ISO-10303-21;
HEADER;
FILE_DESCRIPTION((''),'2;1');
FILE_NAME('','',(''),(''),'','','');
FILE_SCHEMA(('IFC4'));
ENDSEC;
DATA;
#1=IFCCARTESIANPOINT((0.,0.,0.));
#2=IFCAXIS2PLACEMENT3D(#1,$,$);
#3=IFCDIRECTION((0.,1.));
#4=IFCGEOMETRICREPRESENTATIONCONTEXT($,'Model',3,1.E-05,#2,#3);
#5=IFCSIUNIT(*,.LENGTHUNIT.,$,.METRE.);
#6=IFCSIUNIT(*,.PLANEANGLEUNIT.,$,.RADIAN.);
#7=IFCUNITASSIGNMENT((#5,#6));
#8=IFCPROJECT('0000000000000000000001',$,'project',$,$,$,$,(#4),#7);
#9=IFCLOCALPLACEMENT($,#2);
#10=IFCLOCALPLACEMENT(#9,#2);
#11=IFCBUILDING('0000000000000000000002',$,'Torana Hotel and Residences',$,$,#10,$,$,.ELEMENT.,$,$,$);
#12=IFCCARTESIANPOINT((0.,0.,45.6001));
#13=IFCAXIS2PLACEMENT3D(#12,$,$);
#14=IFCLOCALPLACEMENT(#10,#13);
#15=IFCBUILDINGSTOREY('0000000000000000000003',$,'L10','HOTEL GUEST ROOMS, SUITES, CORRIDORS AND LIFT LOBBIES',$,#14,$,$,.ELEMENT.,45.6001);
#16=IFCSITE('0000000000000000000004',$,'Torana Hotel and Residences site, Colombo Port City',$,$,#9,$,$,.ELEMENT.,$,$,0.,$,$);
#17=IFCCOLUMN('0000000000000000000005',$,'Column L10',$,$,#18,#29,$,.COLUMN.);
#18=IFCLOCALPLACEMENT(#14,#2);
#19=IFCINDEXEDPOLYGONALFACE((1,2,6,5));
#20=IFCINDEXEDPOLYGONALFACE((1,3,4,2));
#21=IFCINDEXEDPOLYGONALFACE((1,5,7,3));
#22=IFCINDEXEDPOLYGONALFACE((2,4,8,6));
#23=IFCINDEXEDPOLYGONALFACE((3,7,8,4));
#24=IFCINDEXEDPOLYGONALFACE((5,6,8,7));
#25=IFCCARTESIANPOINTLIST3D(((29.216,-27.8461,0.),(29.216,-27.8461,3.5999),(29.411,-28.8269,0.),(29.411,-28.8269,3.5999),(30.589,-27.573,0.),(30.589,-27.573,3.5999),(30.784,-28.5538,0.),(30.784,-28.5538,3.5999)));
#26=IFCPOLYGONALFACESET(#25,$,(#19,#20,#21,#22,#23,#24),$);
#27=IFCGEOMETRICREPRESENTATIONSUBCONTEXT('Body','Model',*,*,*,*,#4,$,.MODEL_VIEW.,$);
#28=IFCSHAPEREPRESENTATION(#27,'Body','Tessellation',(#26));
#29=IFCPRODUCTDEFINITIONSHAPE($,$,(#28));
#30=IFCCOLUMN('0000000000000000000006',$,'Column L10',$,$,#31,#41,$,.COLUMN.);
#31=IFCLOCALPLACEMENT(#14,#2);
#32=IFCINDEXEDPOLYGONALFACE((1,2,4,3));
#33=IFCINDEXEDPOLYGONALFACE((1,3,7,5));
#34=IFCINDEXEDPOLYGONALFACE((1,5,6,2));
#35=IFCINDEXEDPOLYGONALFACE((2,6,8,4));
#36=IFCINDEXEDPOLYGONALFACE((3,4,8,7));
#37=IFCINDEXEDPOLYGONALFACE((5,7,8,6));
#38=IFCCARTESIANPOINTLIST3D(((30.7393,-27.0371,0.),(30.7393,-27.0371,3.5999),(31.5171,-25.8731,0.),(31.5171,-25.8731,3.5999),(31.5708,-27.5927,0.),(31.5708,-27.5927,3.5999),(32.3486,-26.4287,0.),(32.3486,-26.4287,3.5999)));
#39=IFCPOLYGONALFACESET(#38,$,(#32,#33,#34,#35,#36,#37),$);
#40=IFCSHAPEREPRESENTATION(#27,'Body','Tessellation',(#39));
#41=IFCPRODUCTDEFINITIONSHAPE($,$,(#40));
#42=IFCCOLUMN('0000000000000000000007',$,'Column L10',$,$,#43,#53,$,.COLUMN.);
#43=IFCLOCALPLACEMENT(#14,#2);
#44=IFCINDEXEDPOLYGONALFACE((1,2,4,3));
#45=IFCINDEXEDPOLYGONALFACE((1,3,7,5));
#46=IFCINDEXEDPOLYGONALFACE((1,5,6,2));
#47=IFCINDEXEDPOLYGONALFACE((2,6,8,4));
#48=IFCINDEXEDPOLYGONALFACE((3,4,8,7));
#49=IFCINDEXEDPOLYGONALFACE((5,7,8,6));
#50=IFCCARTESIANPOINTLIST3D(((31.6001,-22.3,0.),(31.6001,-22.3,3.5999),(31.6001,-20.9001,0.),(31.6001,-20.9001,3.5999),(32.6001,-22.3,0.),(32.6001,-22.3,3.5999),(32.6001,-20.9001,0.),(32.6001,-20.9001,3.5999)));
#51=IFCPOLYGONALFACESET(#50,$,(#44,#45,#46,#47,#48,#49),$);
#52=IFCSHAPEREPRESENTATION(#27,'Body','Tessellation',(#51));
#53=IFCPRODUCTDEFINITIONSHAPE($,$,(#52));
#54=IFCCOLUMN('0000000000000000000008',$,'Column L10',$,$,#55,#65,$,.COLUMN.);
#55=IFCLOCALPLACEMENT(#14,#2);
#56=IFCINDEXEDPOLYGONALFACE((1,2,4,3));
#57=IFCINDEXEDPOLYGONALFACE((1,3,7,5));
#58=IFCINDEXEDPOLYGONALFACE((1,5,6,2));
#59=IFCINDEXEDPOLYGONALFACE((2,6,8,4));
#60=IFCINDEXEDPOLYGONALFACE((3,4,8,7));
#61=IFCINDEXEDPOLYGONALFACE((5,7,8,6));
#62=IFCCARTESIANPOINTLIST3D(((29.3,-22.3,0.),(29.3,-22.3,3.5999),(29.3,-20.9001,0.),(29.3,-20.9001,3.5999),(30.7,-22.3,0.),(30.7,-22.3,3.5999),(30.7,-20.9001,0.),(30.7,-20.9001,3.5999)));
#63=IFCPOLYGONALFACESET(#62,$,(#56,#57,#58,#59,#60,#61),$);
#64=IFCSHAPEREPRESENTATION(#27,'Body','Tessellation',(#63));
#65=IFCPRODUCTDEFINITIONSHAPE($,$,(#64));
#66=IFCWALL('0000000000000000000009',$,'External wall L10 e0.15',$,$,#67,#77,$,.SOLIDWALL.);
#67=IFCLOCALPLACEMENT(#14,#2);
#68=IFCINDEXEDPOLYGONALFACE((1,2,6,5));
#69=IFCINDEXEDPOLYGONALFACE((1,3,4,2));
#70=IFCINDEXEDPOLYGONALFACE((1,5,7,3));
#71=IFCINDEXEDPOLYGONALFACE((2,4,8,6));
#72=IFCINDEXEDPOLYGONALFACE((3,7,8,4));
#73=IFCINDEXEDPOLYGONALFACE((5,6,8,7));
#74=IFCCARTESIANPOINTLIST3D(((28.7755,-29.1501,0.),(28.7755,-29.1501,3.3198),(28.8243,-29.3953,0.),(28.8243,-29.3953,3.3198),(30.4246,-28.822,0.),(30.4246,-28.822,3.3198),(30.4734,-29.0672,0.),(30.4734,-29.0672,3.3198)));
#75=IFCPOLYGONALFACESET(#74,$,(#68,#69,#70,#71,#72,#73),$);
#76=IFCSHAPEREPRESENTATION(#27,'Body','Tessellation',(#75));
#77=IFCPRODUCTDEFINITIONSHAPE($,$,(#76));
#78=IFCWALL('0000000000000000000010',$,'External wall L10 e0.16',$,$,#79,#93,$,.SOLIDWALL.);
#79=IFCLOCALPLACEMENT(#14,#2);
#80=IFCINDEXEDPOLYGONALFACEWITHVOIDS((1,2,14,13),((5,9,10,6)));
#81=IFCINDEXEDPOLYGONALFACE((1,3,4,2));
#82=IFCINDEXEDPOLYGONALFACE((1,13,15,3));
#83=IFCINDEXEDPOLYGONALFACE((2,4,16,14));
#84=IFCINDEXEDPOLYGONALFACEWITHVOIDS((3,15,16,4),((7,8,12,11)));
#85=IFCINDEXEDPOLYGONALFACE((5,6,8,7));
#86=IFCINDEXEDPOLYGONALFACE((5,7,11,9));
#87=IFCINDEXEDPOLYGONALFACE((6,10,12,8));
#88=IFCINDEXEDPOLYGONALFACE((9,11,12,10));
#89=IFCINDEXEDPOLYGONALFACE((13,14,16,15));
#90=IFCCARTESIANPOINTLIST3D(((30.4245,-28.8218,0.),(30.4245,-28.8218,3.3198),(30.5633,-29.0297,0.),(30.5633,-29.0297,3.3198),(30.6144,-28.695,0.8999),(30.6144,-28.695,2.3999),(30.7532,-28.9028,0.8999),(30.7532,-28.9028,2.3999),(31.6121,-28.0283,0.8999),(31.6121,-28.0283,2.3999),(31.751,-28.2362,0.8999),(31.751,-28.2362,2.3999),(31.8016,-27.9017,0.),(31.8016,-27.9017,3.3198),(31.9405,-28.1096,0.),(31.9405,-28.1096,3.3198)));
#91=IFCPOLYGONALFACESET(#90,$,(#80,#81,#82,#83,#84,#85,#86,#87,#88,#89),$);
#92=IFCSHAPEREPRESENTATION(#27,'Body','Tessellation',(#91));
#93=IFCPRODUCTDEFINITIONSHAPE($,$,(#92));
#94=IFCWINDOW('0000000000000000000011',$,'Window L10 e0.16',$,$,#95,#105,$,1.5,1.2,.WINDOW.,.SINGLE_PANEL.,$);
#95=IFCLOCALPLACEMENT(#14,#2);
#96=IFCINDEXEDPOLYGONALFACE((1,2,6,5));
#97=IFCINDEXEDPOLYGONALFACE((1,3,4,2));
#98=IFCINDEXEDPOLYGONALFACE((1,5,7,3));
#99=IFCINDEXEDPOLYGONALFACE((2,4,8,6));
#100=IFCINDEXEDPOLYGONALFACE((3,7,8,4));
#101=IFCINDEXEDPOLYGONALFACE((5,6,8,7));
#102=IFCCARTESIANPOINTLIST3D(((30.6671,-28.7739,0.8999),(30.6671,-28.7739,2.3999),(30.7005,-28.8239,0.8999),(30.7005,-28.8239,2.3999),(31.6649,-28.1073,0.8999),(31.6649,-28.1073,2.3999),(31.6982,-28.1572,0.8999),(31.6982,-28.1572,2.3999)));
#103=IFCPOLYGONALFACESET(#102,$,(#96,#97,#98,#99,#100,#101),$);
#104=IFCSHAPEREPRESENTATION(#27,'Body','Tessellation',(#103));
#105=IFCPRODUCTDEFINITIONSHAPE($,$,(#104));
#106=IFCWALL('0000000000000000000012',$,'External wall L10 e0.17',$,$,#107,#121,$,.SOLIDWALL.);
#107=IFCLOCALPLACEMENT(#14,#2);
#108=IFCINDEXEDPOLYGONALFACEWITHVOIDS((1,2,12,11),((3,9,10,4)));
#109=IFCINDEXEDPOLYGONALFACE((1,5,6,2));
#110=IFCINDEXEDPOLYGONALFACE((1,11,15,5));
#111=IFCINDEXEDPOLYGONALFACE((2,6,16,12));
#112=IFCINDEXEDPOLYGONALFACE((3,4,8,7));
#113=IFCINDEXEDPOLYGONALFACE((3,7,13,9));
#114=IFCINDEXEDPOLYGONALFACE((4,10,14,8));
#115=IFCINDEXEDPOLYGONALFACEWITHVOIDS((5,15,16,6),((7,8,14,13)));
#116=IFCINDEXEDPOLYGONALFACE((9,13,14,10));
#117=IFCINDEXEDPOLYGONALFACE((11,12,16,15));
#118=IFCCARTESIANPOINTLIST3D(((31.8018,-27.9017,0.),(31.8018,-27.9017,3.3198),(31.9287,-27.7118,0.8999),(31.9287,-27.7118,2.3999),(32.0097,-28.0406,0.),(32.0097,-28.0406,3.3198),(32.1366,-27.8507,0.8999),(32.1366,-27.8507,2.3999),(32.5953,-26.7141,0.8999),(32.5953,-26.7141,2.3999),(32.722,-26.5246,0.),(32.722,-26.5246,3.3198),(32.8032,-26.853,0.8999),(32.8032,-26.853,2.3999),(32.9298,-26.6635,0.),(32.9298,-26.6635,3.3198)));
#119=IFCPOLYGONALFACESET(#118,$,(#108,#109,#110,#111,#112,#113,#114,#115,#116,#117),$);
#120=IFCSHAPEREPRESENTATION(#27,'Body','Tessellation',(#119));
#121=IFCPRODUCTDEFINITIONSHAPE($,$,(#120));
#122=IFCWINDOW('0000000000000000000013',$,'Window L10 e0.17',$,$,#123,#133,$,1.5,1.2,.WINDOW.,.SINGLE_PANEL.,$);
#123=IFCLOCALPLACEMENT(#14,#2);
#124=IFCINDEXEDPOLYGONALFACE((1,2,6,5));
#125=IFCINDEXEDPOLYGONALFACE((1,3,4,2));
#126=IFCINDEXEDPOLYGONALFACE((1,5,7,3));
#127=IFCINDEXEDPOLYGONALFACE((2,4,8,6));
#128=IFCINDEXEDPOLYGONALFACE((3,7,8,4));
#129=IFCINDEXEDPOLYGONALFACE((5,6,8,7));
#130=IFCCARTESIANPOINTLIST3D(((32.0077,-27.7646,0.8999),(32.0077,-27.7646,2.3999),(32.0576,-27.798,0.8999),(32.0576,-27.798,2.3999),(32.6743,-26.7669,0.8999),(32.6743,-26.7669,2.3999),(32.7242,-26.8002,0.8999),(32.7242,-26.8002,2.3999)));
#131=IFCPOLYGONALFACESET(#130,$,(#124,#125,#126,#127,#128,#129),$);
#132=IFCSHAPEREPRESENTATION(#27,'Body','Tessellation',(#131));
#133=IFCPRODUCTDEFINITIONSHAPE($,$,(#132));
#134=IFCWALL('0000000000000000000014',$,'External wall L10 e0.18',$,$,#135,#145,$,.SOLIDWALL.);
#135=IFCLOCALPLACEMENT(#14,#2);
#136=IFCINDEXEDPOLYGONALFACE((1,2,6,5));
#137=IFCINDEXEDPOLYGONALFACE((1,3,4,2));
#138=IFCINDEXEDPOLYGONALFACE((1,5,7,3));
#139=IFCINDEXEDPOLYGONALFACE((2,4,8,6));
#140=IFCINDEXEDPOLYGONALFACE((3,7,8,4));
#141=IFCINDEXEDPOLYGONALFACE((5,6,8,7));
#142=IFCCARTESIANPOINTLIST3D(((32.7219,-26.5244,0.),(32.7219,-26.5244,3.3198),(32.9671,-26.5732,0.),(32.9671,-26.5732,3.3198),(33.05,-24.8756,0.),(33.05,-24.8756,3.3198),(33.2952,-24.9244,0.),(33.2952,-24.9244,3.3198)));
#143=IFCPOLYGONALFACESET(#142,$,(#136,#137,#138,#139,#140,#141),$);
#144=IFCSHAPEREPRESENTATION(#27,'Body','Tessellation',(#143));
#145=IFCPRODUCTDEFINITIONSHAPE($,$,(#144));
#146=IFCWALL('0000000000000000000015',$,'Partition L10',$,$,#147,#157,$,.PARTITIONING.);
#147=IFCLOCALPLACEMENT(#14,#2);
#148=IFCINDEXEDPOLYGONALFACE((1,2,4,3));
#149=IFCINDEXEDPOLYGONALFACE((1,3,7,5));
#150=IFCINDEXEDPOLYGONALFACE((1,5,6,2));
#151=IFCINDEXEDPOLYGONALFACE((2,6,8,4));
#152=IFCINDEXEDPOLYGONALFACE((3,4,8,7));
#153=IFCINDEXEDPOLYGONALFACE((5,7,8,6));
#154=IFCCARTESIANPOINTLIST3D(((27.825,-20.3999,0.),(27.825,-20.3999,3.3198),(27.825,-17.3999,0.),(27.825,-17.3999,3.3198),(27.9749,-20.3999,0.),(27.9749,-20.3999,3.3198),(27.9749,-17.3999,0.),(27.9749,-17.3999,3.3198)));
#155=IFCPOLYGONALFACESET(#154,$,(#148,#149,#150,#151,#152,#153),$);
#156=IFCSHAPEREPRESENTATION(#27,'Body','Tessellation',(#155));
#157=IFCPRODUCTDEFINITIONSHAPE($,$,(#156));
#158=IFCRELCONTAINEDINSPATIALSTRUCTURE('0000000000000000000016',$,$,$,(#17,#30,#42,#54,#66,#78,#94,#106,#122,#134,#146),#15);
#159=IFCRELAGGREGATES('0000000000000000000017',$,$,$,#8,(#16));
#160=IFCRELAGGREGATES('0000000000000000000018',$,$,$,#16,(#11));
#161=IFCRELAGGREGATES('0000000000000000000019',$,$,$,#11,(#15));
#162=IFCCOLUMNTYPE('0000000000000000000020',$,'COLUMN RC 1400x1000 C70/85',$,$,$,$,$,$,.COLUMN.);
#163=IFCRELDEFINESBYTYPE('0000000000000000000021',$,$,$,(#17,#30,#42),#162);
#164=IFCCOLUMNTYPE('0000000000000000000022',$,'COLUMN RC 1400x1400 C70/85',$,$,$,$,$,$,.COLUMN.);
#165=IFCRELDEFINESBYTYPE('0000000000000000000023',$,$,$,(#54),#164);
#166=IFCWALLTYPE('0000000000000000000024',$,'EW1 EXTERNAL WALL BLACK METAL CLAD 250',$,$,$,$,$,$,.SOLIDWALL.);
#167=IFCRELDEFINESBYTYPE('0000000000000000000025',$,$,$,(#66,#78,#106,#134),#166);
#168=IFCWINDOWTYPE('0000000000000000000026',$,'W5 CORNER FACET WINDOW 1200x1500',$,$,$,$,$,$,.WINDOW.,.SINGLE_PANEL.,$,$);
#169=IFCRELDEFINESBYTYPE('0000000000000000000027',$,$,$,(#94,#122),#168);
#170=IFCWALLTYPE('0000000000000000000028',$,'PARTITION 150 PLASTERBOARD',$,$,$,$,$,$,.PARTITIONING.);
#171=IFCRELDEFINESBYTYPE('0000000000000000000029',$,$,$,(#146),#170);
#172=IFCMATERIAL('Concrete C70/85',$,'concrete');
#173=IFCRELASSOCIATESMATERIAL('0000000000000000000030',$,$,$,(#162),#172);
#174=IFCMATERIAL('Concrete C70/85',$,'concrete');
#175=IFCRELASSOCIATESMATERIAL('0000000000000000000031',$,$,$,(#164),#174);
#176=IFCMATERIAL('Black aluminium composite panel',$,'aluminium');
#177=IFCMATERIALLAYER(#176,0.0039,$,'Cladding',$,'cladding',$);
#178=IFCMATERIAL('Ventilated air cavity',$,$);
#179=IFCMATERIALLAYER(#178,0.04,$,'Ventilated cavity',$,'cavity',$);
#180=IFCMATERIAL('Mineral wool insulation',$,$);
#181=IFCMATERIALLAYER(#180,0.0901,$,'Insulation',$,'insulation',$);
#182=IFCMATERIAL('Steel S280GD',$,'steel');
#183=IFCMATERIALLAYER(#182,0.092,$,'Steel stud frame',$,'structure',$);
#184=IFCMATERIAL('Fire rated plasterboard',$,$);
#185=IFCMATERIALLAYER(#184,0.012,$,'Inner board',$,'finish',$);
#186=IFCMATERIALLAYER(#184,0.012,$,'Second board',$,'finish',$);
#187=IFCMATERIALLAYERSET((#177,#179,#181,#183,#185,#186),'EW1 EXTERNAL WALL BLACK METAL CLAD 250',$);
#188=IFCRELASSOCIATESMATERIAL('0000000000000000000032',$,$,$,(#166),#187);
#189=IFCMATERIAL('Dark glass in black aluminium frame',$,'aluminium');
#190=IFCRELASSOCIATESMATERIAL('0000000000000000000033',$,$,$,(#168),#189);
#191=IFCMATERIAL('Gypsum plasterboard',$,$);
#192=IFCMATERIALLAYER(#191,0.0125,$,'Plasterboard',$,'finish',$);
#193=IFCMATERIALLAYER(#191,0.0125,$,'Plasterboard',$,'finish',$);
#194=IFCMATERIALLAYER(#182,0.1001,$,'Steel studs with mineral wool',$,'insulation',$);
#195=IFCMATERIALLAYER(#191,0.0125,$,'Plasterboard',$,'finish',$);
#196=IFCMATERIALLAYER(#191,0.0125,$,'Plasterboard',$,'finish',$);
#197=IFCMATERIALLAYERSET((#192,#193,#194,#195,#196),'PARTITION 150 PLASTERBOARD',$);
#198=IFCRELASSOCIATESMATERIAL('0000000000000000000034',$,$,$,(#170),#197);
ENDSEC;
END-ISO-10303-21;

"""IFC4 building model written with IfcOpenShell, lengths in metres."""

from ifc_helpers import new_model, si_unit, direction, frame, frame_2d, origin, origin_2d, place, context, subcontext, project, spatial, rectangle, extrude, material, layer, layer_set, material_profile, profile_set, type_object, element, fill, save


model = new_model("IFC4")

# Units and contexts
model_context = context("Model", 3, precision=1e-05, world=origin(), true_north=direction((0.0, 1.0)))
body_context = subcontext(model_context, "Body", "Model", "MODEL_VIEW")
ifc_project = project(units=[si_unit("LENGTHUNIT", "METRE"), si_unit("PLANEANGLEUNIT", "RADIAN")], contexts=[model_context])

# Site, building, storey
site_placement = place(None, origin())
site = spatial("IfcSite", under=ifc_project, at=site_placement, Name="Torana Hotel and Residences site, Colombo Port City", CompositionType="ELEMENT", RefElevation=0.0)
building_placement = place(site_placement, origin())
building = spatial("IfcBuilding", under=site, at=building_placement, Name="Torana Hotel and Residences", CompositionType="ELEMENT")
storey_placement = place(building_placement, frame((0.0, 0.0, 45.6001)))
storey = spatial("IfcBuildingStorey", under=building, at=storey_placement, Name="L10", Description="HOTEL GUEST ROOMS, SUITES, CORRIDORS AND LIFT LOBBIES", CompositionType="ELEMENT", Elevation=45.6001)

# Columns
ifc_material_1 = material(Name="Concrete C70/85", Category="concrete")
ifc_material_profile_1 = material_profile(ifc_material_1, rectangle(XDim=1.3999, YDim=1.0, at=origin_2d()), Name="RC 1400x1000")
ifc_profile_set_1 = profile_set([ifc_material_profile_1], Name="Concrete C70/85")
column_type_1 = type_object("IfcColumnType", Name="COLUMN RC 1400x1000 C70/85", PredefinedType="COLUMN", material=ifc_profile_set_1)
for number, where, z_axis, x_axis, name in (
    (1, (30.0, -28.2, 0.0), (0.0, 0.0, 1.0), (0.980792, 0.195056, 0.0), "Column L10"),
    (2, (31.5439, -26.7329, 0.0), (0.0, 0.0, 1.0), (0.555585, 0.83146, 0.0), "Column L10"),
    (3, (32.1001, -21.6001, 0.0), (0.0, 0.0, 1.0), (0.0, 1.0, 0.0), "Column L10"),
):
    element("IfcColumn", number, at=place(storey_placement, frame(where, z_axis=z_axis, x_axis=x_axis)), inside=storey, type_object=column_type_1, Name=name, PredefinedType="COLUMN", context=body_context, shape_type="SweptSolid", body=[
        extrude(rectangle(XDim=1.3999, YDim=1.0, at=origin_2d()), origin(), (0.0, 0.0, 1.0), 3.5999),
    ])
ifc_material_2 = material(Name="Concrete C70/85", Category="concrete")
ifc_material_profile_2 = material_profile(ifc_material_2, rectangle(XDim=1.3999, YDim=1.3999, at=origin_2d()), Name="RC 1400x1400")
ifc_profile_set_2 = profile_set([ifc_material_profile_2], Name="Concrete C70/85")
column_type_2 = type_object("IfcColumnType", Name="COLUMN RC 1400x1400 C70/85", PredefinedType="COLUMN", material=ifc_profile_set_2)
column_placement = place(storey_placement, frame((30.0, -21.6001, 0.0), z_axis=(0.0, 0.0, 1.0), x_axis=(1.0, 0.0, 0.0)))
element("IfcColumn", 4, at=column_placement, inside=storey, type_object=column_type_2, Name="Column L10", PredefinedType="COLUMN", context=body_context, shape_type="SweptSolid", body=[
    extrude(rectangle(XDim=1.3999, YDim=1.3999, at=origin_2d()), origin(), (0.0, 0.0, 1.0), 3.5999),
])

# Wall
ifc_material_3 = material(Name="Black aluminium composite panel", Category="aluminium")
ifc_layer_1 = layer(ifc_material_3, 0.0039, Name="Cladding", Category="cladding")
ifc_material_4 = material(Name="Ventilated air cavity")
ifc_layer_2 = layer(ifc_material_4, 0.04, Name="Ventilated cavity", Category="cavity")
ifc_material_5 = material(Name="Mineral wool insulation")
ifc_layer_3 = layer(ifc_material_5, 0.0901, Name="Insulation", Category="insulation")
ifc_material_6 = material(Name="Steel S280GD", Category="steel")
ifc_layer_4 = layer(ifc_material_6, 0.092, Name="Steel stud frame", Category="structure")
ifc_material_7 = material(Name="Fire rated plasterboard")
ifc_layer_5 = layer(ifc_material_7, 0.012, Name="Inner board", Category="finish")
ifc_layer_6 = layer(ifc_material_7, 0.012, Name="Second board", Category="finish")
ifc_layer_set_1 = layer_set([ifc_layer_1, ifc_layer_2, ifc_layer_3, ifc_layer_4, ifc_layer_5, ifc_layer_6], Name="EW1 EXTERNAL WALL BLACK METAL CLAD 250")
wall_type_1 = type_object("IfcWallType", Name="EW1 EXTERNAL WALL BLACK METAL CLAD 250", PredefinedType="SOLIDWALL", material=ifc_layer_set_1)
wall_1_placement = place(storey_placement, frame((28.7998, -29.2727, 0.0), z_axis=(0.0, 0.0, 1.0), x_axis=(0.980776, 0.195139, 0.0)))
element("IfcWall", 5, at=wall_1_placement, inside=storey, type_object=wall_type_1, Name="External wall L10 e0.15", PredefinedType="SOLIDWALL", context=body_context, shape_type="SweptSolid", body=[
    extrude(rectangle(XDim=1.6814, YDim=0.25, at=frame_2d((0.8408, 0.0))), origin(), (0.0, 0.0, 1.0), 3.3198),
])

# Walls, openings, windows
wall_2_placement = place(storey_placement, frame((30.4939, -28.9258, 0.0), z_axis=(0.0, 0.0, 1.0), x_axis=(0.831483, 0.55555, 0.0)))
wall_2 = element("IfcWall", 6, at=wall_2_placement, inside=storey, type_object=wall_type_1, Name="External wall L10 e0.16", PredefinedType="SOLIDWALL", context=body_context, shape_type="SweptSolid", body=[
    extrude(rectangle(XDim=1.6562, YDim=0.25, at=frame_2d((0.8281, 0.0))), origin(), (0.0, 0.0, 1.0), 3.3198),
])
opening_1_placement = place(wall_2_placement, frame((0.2283, 0.0, 0.8999)))
opening_1 = element("IfcOpeningElement", 7, at=opening_1_placement, cuts=wall_2, PredefinedType="OPENING", context=body_context, shape_type="SweptSolid", body=[
    extrude(rectangle(XDim=1.2, YDim=1.5, at=frame_2d((0.6001, 0.75))), frame((0.0, 0.135, 0.0), z_axis=(0.0, -1.0, 0.0), x_axis=(1.0, 0.0, 0.0)), (0.0, 0.0, 1.0), 0.27),
])
ifc_material_8 = material(Name="Dark glass in black aluminium frame", Category="aluminium")
window_type_1 = type_object("IfcWindowType", Name="W5 CORNER FACET WINDOW 1200x1500", PartitioningType="SINGLE_PANEL", PredefinedType="WINDOW", material=ifc_material_8)
window_1_placement = place(opening_1_placement, origin())
window_1 = element("IfcWindow", 8, at=window_1_placement, inside=storey, type_object=window_type_1, Name="Window L10 e0.16", OverallHeight=1.5, OverallWidth=1.2, PartitioningType="SINGLE_PANEL", PredefinedType="WINDOW", context=body_context, shape_type="SweptSolid", body=[
    extrude(rectangle(XDim=1.2, YDim=1.5, at=frame_2d((0.6001, 0.75))), frame((0.0, 0.03, 0.0), z_axis=(0.0, -1.0, 0.0), x_axis=(1.0, 0.0, 0.0)), (0.0, 0.0, 1.0), 0.0601),
])
fill(opening_1, window_1)
wall_3_placement = place(storey_placement, frame((31.9058, -27.9712, 0.0), z_axis=(0.0, 0.0, 1.0), x_axis=(0.55555, 0.831483, 0.0)))
wall_3 = element("IfcWall", 9, at=wall_3_placement, inside=storey, type_object=wall_type_1, Name="External wall L10 e0.17", PredefinedType="SOLIDWALL", context=body_context, shape_type="SweptSolid", body=[
    extrude(rectangle(XDim=1.6562, YDim=0.25, at=frame_2d((0.8281, 0.0))), origin(), (0.0, 0.0, 1.0), 3.3198),
])
opening_2_placement = place(wall_3_placement, frame((0.2283, 0.0, 0.8999)))
opening_2 = element("IfcOpeningElement", 10, at=opening_2_placement, cuts=wall_3, PredefinedType="OPENING", context=body_context, shape_type="SweptSolid", body=[
    extrude(rectangle(XDim=1.2, YDim=1.5, at=frame_2d((0.6001, 0.75))), frame((0.0, 0.135, 0.0), z_axis=(0.0, -1.0, 0.0), x_axis=(1.0, 0.0, 0.0)), (0.0, 0.0, 1.0), 0.27),
])
window_2_placement = place(opening_2_placement, origin())
window_2 = element("IfcWindow", 11, at=window_2_placement, inside=storey, type_object=window_type_1, Name="Window L10 e0.17", OverallHeight=1.5, OverallWidth=1.2, PartitioningType="SINGLE_PANEL", PredefinedType="WINDOW", context=body_context, shape_type="SweptSolid", body=[
    extrude(rectangle(XDim=1.2, YDim=1.5, at=frame_2d((0.6001, 0.75))), frame((0.0, 0.03, 0.0), z_axis=(0.0, -1.0, 0.0), x_axis=(1.0, 0.0, 0.0)), (0.0, 0.0, 1.0), 0.0601),
])
fill(opening_2, window_2)

# Wall
wall_4_placement = place(storey_placement, frame((32.8445, -26.5488, 0.0), z_axis=(0.0, 0.0, 1.0), x_axis=(0.195167, 0.98077, 0.0)))
element("IfcWall", 12, at=wall_4_placement, inside=storey, type_object=wall_type_1, Name="External wall L10 e0.18", PredefinedType="SOLIDWALL", context=body_context, shape_type="SweptSolid", body=[
    extrude(rectangle(XDim=1.6812, YDim=0.25, at=frame_2d((0.8406, 0.0))), origin(), (0.0, 0.0, 1.0), 3.3198),
])

# Wall
ifc_material_9 = material(Name="Gypsum plasterboard")
ifc_layer_7 = layer(ifc_material_9, 0.0125, Name="Plasterboard", Category="finish")
ifc_layer_8 = layer(ifc_material_9, 0.0125, Name="Plasterboard", Category="finish")
ifc_layer_9 = layer(ifc_material_6, 0.1001, Name="Steel studs with mineral wool", Category="insulation")
ifc_layer_10 = layer(ifc_material_9, 0.0125, Name="Plasterboard", Category="finish")
ifc_layer_11 = layer(ifc_material_9, 0.0125, Name="Plasterboard", Category="finish")
ifc_layer_set_2 = layer_set([ifc_layer_7, ifc_layer_8, ifc_layer_9, ifc_layer_10, ifc_layer_11], Name="PARTITION 150 PLASTERBOARD")
wall_type_2 = type_object("IfcWallType", Name="PARTITION 150 PLASTERBOARD", PredefinedType="PARTITIONING", material=ifc_layer_set_2)
wall_5_placement = place(storey_placement, frame((27.8999, -20.3999, 0.0), z_axis=(0.0, 0.0, 1.0), x_axis=(0.0, 1.0, 0.0)))
element("IfcWall", 13, at=wall_5_placement, inside=storey, type_object=wall_type_2, Name="Partition L10", PredefinedType="PARTITIONING", context=body_context, shape_type="SweptSolid", body=[
    extrude(rectangle(XDim=3.0, YDim=0.1499, at=frame_2d((1.5, 0.0))), origin(), (0.0, 0.0, 1.0), 3.3198),
])

save(model, "model.ifc")
